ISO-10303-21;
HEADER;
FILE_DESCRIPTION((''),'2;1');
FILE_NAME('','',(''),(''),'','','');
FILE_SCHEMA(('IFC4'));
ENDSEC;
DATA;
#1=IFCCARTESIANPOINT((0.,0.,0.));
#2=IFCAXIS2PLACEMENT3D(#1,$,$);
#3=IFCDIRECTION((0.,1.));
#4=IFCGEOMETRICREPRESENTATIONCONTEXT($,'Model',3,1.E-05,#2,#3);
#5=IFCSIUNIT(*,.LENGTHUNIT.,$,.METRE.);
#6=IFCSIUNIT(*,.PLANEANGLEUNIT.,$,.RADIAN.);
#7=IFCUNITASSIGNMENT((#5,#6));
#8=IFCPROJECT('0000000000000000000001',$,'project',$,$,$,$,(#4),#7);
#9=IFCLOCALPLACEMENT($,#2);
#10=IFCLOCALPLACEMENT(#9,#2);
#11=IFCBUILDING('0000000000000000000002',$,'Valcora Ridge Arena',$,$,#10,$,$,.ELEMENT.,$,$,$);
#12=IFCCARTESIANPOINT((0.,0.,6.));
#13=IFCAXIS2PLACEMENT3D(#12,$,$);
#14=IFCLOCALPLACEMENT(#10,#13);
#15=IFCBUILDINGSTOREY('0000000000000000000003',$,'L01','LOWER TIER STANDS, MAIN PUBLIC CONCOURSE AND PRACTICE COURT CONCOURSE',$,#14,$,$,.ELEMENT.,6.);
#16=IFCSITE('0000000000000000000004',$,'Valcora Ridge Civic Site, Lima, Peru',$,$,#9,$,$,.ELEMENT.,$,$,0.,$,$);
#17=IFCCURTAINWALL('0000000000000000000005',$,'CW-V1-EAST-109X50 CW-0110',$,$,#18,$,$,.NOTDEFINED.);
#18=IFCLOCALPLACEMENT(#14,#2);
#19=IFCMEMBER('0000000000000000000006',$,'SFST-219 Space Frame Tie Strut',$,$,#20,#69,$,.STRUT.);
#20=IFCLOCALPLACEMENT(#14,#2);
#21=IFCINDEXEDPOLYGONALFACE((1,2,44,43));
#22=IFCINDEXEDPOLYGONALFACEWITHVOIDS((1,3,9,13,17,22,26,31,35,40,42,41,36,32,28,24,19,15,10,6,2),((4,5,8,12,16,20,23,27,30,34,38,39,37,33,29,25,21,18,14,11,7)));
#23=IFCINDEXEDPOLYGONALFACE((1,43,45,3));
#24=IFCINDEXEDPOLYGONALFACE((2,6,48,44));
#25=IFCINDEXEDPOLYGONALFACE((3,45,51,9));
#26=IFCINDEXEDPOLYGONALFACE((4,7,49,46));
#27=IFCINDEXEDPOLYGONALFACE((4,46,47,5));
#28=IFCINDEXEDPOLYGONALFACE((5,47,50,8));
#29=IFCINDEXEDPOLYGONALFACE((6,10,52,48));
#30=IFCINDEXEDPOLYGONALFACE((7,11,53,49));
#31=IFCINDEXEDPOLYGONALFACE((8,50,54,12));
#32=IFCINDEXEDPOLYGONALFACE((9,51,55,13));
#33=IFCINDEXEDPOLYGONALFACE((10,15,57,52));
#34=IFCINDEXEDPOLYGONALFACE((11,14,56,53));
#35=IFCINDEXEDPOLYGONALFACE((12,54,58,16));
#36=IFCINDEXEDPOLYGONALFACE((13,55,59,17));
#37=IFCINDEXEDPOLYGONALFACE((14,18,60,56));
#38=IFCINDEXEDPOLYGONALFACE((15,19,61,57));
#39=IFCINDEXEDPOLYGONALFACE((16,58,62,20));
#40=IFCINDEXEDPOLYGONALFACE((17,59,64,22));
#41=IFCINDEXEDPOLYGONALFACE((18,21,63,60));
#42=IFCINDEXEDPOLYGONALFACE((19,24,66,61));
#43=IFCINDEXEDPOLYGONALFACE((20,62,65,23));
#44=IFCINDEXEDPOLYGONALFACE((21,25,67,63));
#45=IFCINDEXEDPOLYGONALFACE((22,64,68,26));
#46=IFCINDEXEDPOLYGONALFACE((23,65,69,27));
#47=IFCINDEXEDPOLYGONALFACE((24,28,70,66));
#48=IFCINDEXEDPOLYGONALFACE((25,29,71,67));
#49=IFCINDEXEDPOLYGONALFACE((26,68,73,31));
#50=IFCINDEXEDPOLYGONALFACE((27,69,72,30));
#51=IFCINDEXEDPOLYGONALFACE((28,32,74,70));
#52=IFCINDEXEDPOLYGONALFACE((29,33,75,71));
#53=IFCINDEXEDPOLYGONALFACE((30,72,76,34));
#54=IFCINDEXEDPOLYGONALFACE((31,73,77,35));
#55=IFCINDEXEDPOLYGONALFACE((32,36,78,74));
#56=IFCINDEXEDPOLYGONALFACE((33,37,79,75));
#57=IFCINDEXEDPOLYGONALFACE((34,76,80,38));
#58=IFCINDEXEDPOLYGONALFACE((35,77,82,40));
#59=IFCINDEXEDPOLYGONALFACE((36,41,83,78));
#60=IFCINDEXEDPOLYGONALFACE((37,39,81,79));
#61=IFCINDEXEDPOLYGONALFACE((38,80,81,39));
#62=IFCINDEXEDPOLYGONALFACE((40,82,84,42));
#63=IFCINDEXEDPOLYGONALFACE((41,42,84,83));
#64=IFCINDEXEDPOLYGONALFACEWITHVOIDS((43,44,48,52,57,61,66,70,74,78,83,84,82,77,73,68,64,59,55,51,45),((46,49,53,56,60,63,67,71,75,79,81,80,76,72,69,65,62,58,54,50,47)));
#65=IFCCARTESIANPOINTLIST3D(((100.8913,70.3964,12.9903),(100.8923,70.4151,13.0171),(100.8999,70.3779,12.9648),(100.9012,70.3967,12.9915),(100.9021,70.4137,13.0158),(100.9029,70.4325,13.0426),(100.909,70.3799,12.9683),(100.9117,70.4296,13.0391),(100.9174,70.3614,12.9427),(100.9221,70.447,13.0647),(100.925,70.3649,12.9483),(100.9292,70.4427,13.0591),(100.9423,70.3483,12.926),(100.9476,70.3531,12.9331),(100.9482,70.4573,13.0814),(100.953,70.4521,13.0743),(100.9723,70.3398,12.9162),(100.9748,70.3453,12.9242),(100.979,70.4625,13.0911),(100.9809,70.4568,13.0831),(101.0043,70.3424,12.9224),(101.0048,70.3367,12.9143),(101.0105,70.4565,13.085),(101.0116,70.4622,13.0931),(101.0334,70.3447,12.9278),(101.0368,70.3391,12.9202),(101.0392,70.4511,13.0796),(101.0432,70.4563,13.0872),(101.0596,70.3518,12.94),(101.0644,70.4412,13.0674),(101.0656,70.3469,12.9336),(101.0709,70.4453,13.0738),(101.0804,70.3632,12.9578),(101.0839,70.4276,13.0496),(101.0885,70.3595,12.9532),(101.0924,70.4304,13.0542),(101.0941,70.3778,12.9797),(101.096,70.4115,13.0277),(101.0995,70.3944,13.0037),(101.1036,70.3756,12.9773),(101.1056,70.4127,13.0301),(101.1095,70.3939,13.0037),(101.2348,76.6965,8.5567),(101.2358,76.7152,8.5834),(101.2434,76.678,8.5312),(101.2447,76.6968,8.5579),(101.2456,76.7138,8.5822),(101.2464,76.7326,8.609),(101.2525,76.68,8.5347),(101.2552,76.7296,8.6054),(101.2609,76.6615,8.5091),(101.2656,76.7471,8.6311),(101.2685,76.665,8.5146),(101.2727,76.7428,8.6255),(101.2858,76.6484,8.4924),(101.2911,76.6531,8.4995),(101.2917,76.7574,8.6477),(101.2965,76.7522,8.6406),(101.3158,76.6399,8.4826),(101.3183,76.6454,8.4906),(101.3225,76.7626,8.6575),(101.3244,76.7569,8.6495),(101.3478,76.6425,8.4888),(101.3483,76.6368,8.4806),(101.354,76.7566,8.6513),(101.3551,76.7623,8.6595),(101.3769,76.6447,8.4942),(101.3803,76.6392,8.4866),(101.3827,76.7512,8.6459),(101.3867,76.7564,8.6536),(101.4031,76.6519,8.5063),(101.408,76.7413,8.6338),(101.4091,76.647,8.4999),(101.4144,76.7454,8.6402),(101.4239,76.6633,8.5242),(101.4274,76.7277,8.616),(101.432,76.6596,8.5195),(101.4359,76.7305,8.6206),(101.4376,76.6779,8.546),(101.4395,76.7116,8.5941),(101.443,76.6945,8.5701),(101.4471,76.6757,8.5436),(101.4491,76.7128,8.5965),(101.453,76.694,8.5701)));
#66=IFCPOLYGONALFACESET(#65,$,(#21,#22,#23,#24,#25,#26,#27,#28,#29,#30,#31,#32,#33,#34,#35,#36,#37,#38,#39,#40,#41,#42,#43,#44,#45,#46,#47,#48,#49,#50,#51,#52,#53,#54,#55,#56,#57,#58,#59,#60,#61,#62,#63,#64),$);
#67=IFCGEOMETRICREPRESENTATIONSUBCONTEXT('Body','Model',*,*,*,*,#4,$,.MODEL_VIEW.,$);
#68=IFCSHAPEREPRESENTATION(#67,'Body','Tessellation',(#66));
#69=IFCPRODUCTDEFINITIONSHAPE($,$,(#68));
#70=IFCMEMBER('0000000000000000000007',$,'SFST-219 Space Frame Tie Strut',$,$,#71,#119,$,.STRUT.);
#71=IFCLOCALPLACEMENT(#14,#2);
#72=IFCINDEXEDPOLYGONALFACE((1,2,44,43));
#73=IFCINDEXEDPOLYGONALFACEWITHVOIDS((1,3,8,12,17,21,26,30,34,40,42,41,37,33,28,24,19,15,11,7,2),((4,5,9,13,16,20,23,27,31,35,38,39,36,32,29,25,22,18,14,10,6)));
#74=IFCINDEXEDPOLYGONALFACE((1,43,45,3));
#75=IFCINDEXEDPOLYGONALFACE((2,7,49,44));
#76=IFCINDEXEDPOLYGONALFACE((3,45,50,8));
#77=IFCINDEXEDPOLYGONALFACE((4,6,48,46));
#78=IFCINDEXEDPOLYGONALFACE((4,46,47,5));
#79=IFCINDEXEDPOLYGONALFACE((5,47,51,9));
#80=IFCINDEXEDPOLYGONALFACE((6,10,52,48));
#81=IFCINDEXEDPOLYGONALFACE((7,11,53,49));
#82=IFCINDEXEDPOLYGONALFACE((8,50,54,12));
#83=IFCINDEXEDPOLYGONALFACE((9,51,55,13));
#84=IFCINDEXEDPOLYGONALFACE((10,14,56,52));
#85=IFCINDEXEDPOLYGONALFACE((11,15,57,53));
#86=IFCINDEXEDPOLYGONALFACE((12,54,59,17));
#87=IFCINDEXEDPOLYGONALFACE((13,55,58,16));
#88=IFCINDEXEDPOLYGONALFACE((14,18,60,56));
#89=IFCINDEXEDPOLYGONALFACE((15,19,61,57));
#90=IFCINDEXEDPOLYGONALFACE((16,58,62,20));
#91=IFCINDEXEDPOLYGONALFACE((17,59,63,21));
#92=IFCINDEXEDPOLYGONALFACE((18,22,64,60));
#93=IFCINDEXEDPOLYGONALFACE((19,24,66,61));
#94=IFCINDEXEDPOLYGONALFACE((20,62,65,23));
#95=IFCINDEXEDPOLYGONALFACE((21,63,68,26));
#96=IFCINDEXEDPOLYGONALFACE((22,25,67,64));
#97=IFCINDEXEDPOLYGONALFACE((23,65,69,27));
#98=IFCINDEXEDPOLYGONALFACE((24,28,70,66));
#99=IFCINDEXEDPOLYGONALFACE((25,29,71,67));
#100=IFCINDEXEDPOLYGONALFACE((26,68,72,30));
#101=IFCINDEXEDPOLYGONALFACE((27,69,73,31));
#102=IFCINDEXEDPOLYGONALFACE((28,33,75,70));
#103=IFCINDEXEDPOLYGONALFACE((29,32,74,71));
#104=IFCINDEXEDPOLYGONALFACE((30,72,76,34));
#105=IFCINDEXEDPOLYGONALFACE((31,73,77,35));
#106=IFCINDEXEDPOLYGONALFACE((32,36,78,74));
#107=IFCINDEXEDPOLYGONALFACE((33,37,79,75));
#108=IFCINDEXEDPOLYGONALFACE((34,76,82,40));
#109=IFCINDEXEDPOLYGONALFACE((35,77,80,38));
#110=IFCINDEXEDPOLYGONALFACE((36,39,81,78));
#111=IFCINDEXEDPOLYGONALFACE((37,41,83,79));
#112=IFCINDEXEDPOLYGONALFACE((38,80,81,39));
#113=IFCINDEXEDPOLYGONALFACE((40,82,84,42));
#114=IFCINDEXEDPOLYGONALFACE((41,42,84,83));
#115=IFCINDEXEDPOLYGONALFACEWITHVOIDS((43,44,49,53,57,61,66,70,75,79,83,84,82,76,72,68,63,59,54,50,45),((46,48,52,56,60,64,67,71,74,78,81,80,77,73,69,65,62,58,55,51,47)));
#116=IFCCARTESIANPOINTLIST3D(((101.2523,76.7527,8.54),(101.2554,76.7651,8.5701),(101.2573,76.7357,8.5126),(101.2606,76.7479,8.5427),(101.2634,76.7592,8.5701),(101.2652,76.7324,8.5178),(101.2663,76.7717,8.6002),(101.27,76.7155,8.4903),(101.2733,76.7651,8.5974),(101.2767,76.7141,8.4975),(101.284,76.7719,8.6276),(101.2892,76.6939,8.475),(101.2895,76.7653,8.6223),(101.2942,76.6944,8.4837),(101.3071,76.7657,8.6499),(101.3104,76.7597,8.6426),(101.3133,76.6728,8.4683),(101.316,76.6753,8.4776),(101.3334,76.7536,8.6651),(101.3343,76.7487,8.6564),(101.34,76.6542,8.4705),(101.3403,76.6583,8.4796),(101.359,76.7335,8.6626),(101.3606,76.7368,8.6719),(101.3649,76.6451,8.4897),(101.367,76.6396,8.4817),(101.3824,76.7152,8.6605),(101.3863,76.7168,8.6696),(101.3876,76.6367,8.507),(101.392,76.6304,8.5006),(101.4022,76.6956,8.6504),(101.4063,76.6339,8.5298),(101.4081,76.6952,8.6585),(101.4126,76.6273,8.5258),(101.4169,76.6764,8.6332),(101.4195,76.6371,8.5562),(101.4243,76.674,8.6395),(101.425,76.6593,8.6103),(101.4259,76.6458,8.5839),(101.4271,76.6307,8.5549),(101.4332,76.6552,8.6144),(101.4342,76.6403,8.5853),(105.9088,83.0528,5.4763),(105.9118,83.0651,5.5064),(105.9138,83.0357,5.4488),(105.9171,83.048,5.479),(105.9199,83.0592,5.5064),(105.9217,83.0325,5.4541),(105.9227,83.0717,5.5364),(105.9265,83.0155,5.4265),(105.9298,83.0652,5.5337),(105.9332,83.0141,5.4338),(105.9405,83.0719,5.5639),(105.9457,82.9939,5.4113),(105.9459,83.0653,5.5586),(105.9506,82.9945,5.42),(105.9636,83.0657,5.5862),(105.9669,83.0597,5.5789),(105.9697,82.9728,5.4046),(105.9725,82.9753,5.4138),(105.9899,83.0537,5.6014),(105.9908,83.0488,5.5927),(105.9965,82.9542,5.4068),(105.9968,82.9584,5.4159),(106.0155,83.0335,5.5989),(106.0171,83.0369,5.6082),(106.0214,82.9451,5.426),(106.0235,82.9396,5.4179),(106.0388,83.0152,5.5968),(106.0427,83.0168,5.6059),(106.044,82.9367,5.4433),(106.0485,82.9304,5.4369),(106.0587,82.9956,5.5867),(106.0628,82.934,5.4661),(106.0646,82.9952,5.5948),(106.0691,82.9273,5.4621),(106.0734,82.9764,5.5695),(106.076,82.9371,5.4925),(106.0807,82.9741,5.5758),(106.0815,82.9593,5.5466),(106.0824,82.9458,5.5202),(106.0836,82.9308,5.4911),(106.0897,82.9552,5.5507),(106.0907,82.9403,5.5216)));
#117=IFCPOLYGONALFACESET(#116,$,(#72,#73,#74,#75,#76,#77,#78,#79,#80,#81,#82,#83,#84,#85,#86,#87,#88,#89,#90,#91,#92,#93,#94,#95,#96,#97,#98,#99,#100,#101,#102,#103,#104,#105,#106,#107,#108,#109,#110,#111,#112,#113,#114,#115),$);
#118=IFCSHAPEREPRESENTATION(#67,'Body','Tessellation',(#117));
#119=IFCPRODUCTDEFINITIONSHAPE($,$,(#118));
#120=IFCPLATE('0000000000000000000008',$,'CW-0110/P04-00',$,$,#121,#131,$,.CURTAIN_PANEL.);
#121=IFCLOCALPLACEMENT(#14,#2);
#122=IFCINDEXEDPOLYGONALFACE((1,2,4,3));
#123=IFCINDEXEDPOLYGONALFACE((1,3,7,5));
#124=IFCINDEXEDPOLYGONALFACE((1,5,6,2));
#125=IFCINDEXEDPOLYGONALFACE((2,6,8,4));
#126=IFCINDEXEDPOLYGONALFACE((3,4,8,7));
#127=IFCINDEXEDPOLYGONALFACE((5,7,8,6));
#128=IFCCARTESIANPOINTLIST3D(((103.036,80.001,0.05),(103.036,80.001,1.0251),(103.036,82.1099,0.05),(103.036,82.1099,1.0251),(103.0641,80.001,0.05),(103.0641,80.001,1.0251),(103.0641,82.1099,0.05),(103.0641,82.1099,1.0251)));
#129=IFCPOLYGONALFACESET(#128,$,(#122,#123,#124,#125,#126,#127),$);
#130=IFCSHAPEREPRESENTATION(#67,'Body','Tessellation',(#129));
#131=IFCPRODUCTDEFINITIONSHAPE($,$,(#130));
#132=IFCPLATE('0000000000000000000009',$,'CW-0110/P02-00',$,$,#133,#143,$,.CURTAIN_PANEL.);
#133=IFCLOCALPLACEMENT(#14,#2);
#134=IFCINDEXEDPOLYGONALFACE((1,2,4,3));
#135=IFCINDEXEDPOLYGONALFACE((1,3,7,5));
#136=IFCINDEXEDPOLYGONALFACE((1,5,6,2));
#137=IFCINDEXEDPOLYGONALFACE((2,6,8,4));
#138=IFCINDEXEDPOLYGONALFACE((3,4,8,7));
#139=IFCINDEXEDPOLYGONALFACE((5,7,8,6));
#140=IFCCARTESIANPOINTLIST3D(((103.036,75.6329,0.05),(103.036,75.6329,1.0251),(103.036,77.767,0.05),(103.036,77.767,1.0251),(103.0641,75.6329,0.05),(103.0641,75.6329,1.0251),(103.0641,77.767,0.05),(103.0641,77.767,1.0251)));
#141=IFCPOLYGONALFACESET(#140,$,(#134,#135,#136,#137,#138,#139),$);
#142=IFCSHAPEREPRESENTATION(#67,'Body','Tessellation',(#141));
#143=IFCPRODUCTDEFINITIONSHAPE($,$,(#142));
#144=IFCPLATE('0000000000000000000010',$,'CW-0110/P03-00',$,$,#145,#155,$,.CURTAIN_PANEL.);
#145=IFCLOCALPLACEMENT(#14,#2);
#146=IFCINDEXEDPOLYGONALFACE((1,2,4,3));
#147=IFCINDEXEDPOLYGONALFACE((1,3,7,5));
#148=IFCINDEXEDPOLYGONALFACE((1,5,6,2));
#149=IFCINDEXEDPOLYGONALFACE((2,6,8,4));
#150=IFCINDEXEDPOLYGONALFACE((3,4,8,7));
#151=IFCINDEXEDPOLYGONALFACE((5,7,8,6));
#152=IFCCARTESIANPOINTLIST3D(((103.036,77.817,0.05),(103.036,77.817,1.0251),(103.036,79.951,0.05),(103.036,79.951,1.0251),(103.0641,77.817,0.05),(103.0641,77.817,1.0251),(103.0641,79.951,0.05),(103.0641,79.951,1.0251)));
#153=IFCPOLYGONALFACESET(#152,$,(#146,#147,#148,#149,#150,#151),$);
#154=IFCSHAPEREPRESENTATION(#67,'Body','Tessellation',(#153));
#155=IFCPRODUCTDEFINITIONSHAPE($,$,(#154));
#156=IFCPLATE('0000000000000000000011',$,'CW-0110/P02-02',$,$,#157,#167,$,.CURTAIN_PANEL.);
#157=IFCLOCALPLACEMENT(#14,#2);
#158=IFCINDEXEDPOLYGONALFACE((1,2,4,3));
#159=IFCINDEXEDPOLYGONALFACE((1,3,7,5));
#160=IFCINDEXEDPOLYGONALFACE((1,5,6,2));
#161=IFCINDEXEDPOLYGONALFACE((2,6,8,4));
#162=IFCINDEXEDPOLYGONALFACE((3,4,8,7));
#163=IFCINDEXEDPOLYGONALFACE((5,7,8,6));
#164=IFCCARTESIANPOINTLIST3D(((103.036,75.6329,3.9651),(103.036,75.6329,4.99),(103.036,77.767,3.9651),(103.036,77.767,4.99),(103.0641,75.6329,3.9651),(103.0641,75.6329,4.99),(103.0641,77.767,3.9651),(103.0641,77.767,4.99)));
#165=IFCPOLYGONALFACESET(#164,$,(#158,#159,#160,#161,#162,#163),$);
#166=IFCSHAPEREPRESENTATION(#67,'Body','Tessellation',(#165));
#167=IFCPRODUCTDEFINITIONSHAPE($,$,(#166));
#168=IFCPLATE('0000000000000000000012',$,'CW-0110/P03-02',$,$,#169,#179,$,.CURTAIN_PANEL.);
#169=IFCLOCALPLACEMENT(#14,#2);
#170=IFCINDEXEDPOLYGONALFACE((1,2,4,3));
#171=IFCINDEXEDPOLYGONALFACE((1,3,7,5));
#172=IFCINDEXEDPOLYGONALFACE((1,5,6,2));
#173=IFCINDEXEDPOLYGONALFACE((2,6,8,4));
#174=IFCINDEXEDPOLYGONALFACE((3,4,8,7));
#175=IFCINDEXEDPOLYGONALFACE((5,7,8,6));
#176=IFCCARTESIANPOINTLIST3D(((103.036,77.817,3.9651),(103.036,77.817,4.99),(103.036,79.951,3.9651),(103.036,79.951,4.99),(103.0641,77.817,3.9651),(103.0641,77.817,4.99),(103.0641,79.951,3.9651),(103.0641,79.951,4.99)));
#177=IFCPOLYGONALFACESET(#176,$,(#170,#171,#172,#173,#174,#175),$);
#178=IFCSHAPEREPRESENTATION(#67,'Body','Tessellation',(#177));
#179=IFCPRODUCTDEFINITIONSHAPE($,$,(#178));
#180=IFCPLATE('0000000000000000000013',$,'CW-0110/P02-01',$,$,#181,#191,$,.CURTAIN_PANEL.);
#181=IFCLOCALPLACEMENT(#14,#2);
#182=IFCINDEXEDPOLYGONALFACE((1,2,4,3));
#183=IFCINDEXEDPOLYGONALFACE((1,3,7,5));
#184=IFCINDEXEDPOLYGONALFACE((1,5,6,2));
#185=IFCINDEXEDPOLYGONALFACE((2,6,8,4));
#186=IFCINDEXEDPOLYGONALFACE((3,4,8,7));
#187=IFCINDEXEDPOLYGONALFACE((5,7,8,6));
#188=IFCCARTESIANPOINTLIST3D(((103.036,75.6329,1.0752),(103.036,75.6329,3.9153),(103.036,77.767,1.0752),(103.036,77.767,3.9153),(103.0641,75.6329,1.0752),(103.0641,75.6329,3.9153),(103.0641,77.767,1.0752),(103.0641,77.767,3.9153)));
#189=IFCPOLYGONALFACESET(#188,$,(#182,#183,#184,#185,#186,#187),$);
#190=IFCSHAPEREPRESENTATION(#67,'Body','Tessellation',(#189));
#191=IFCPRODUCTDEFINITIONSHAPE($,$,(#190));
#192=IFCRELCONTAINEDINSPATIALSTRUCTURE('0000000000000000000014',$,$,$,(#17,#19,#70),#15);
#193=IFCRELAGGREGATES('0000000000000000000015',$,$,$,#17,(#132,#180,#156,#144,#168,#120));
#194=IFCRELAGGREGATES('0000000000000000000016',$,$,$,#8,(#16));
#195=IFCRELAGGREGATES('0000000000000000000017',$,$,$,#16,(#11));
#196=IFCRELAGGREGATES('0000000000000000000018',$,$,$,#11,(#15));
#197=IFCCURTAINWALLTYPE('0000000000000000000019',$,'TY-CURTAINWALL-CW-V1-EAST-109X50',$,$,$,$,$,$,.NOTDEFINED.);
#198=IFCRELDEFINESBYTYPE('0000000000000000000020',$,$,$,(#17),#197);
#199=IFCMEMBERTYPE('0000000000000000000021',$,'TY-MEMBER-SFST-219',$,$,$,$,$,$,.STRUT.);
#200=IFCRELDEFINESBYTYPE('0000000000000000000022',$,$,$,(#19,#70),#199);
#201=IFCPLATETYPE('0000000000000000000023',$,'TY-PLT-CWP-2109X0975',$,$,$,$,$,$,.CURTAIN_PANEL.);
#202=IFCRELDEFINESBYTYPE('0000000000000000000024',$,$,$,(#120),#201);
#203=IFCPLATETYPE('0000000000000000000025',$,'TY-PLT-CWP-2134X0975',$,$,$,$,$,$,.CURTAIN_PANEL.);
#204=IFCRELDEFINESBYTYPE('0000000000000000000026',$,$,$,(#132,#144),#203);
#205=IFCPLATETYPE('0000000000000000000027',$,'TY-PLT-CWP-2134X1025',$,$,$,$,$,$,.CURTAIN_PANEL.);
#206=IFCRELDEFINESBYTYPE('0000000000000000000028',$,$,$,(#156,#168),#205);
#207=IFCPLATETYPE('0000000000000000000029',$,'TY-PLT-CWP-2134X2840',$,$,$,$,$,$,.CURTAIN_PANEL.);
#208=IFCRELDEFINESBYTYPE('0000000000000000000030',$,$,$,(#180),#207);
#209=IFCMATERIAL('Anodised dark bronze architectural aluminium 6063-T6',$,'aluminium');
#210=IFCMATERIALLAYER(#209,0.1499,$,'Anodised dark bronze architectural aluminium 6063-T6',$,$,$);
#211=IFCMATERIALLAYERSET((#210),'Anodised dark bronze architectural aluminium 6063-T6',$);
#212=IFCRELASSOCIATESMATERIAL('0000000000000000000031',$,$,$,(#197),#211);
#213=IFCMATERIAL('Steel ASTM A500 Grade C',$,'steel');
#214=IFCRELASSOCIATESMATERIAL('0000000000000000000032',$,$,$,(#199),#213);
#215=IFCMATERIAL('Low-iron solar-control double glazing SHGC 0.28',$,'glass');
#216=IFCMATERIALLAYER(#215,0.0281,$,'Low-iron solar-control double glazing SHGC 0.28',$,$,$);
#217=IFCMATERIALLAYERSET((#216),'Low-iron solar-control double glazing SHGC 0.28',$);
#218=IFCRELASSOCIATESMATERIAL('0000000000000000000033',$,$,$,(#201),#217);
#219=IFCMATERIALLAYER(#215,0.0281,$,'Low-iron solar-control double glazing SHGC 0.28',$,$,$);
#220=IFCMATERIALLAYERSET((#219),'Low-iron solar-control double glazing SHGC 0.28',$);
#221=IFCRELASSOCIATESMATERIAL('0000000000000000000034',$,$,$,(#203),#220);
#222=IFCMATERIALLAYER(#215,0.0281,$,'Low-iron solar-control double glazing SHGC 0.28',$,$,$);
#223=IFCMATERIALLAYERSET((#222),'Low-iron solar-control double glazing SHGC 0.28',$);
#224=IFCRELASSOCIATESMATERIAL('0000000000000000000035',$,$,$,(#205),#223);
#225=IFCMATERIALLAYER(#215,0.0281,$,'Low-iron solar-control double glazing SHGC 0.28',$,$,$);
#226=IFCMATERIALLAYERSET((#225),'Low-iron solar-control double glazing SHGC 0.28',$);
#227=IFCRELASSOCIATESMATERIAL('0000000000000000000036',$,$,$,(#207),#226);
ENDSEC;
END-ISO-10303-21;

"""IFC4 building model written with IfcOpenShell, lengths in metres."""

from ifc_helpers import new_model, si_unit, direction, frame, origin, origin_2d, place, context, subcontext, project, spatial, rectangle, hollow_circle, extrude, material, layer, layer_set, material_profile, profile_set, type_object, element, aggregate, save


model = new_model("IFC4")

# Units and contexts
model_context = context("Model", 3, precision=1e-05, world=origin(), true_north=direction((0.0, 1.0)))
body_context = subcontext(model_context, "Body", "Model", "MODEL_VIEW")
ifc_project = project(units=[si_unit("LENGTHUNIT", "METRE"), si_unit("PLANEANGLEUNIT", "RADIAN")], contexts=[model_context])

# Site, building, storey
site_placement = place(None, origin())
site = spatial("IfcSite", under=ifc_project, at=site_placement, Name="Valcora Ridge Civic Site, Lima, Peru", CompositionType="ELEMENT", RefElevation=0.0)
building_placement = place(site_placement, origin())
building = spatial("IfcBuilding", under=site, at=building_placement, Name="Valcora Ridge Arena", CompositionType="ELEMENT")
storey_placement = place(building_placement, frame((0.0, 0.0, 6.0)))
storey = spatial("IfcBuildingStorey", under=building, at=storey_placement, Name="L01", Description="LOWER TIER STANDS, MAIN PUBLIC CONCOURSE AND PRACTICE COURT CONCOURSE", CompositionType="ELEMENT", Elevation=6.0)

# Curtain wall
ifc_material_1 = material(Name="Anodised dark bronze architectural aluminium 6063-T6", Category="aluminium")
ifc_layer_1 = layer(ifc_material_1, 0.1499, Name="Anodised dark bronze architectural aluminium 6063-T6")
ifc_layer_set_1 = layer_set([ifc_layer_1], Name="Anodised dark bronze architectural aluminium 6063-T6")
curtain_wall_type = type_object("IfcCurtainWallType", Name="TY-CURTAINWALL-CW-V1-EAST-109X50", PredefinedType="NOTDEFINED", material=ifc_layer_set_1)
curtain_wall_placement = place(storey_placement, origin())
curtain_wall = element("IfcCurtainWall", 1, at=curtain_wall_placement, inside=storey, type_object=curtain_wall_type, Name="CW-V1-EAST-109X50 CW-0110", PredefinedType="NOTDEFINED")

# Members
ifc_material_2 = material(Name="Steel ASTM A500 Grade C", Category="steel")
ifc_material_profile_1 = material_profile(ifc_material_2, hollow_circle(Radius=0.1096, WallThickness=0.01, at=origin_2d()), Name="CHS219X10")
ifc_profile_set_1 = profile_set([ifc_material_profile_1], Name="Steel ASTM A500 Grade C")
member_type_1 = type_object("IfcMemberType", Name="TY-MEMBER-SFST-219", PredefinedType="STRUT", material=ifc_profile_set_1)
member_1_placement = place(storey_placement, frame((101.3435, 76.7, 8.5701), z_axis=(-0.044545, -0.816981, 0.574942), x_axis=(0.998517, -0.054443, 0.0)))
element("IfcMember", 2, at=member_1_placement, inside=storey, type_object=member_type_1, Name="SFST-219 Space Frame Tie Strut", PredefinedType="STRUT", context=body_context, shape_type="SweptSolid", body=[
    extrude(hollow_circle(Radius=0.1096, WallThickness=0.01, at=origin_2d()), origin(), (0.0, 0.0, 1.0), 7.7114),
])
member_2_placement = place(storey_placement, frame((101.3435, 76.7, 8.5701), z_axis=(0.553561, 0.748945, -0.364213), x_axis=(-0.80418, 0.594386, 0.0)))
element("IfcMember", 3, at=member_2_placement, inside=storey, type_object=member_type_1, Name="SFST-219 Space Frame Tie Strut", PredefinedType="STRUT", context=body_context, shape_type="SweptSolid", body=[
    extrude(hollow_circle(Radius=0.1096, WallThickness=0.01, at=origin_2d()), origin(), (0.0, 0.0, 1.0), 8.4119),
])

# Plates
ifc_material_3 = material(Name="Low-iron solar-control double glazing SHGC 0.28", Category="glass")
ifc_layer_2 = layer(ifc_material_3, 0.0281, Name="Low-iron solar-control double glazing SHGC 0.28")
ifc_layer_set_2 = layer_set([ifc_layer_2], Name="Low-iron solar-control double glazing SHGC 0.28")
plate_type_1 = type_object("IfcPlateType", Name="TY-PLT-CWP-2109X0975", PredefinedType="CURTAIN_PANEL", material=ifc_layer_set_2)
plate_1_placement = place(storey_placement, frame((103.05, 81.0554, 0.05), z_axis=(0.0, 0.0, 1.0), x_axis=(0.0, 1.0, 0.0)))
plate_1 = element("IfcPlate", 4, at=plate_1_placement, type_object=plate_type_1, Name="CW-0110/P04-00", PredefinedType="CURTAIN_PANEL", context=body_context, shape_type="SweptSolid", body=[
    extrude(rectangle(XDim=2.1089, YDim=0.0281, at=origin_2d()), origin(), (0.0, 0.0, 1.0), 0.9751),
])
ifc_layer_3 = layer(ifc_material_3, 0.0281, Name="Low-iron solar-control double glazing SHGC 0.28")
ifc_layer_set_3 = layer_set([ifc_layer_3], Name="Low-iron solar-control double glazing SHGC 0.28")
plate_type_2 = type_object("IfcPlateType", Name="TY-PLT-CWP-2134X0975", PredefinedType="CURTAIN_PANEL", material=ifc_layer_set_3)
plate_2_placement = place(storey_placement, frame((103.05, 76.7, 0.05), z_axis=(0.0, 0.0, 1.0), x_axis=(0.0, 1.0, 0.0)))
plate_2 = element("IfcPlate", 5, at=plate_2_placement, type_object=plate_type_2, Name="CW-0110/P02-00", PredefinedType="CURTAIN_PANEL", context=body_context, shape_type="SweptSolid", body=[
    extrude(rectangle(XDim=2.134, YDim=0.0281, at=origin_2d()), origin(), (0.0, 0.0, 1.0), 0.9751),
])
plate_3_placement = place(storey_placement, frame((103.05, 78.884, 0.05), z_axis=(0.0, 0.0, 1.0), x_axis=(0.0, 1.0, 0.0)))
plate_3 = element("IfcPlate", 6, at=plate_3_placement, type_object=plate_type_2, Name="CW-0110/P03-00", PredefinedType="CURTAIN_PANEL", context=body_context, shape_type="SweptSolid", body=[
    extrude(rectangle(XDim=2.134, YDim=0.0281, at=origin_2d()), origin(), (0.0, 0.0, 1.0), 0.9751),
])
ifc_layer_4 = layer(ifc_material_3, 0.0281, Name="Low-iron solar-control double glazing SHGC 0.28")
ifc_layer_set_4 = layer_set([ifc_layer_4], Name="Low-iron solar-control double glazing SHGC 0.28")
plate_type_3 = type_object("IfcPlateType", Name="TY-PLT-CWP-2134X1025", PredefinedType="CURTAIN_PANEL", material=ifc_layer_set_4)
plate_4_placement = place(storey_placement, frame((103.05, 76.7, 3.9651), z_axis=(0.0, 0.0, 1.0), x_axis=(0.0, 1.0, 0.0)))
plate_4 = element("IfcPlate", 7, at=plate_4_placement, type_object=plate_type_3, Name="CW-0110/P02-02", PredefinedType="CURTAIN_PANEL", context=body_context, shape_type="SweptSolid", body=[
    extrude(rectangle(XDim=2.134, YDim=0.0281, at=origin_2d()), origin(), (0.0, 0.0, 1.0), 1.0249),
])
plate_5_placement = place(storey_placement, frame((103.05, 78.884, 3.9651), z_axis=(0.0, 0.0, 1.0), x_axis=(0.0, 1.0, 0.0)))
plate_5 = element("IfcPlate", 8, at=plate_5_placement, type_object=plate_type_3, Name="CW-0110/P03-02", PredefinedType="CURTAIN_PANEL", context=body_context, shape_type="SweptSolid", body=[
    extrude(rectangle(XDim=2.134, YDim=0.0281, at=origin_2d()), origin(), (0.0, 0.0, 1.0), 1.0249),
])
ifc_layer_5 = layer(ifc_material_3, 0.0281, Name="Low-iron solar-control double glazing SHGC 0.28")
ifc_layer_set_5 = layer_set([ifc_layer_5], Name="Low-iron solar-control double glazing SHGC 0.28")
plate_type_4 = type_object("IfcPlateType", Name="TY-PLT-CWP-2134X2840", PredefinedType="CURTAIN_PANEL", material=ifc_layer_set_5)
plate_6_placement = place(storey_placement, frame((103.05, 76.7, 1.0752), z_axis=(0.0, 0.0, 1.0), x_axis=(0.0, 1.0, 0.0)))
plate_6 = element("IfcPlate", 9, at=plate_6_placement, type_object=plate_type_4, Name="CW-0110/P02-01", PredefinedType="CURTAIN_PANEL", context=body_context, shape_type="SweptSolid", body=[
    extrude(rectangle(XDim=2.134, YDim=0.0281, at=origin_2d()), origin(), (0.0, 0.0, 1.0), 2.8401),
])
aggregate(curtain_wall, [plate_2, plate_6, plate_4, plate_3, plate_5, plate_1])

save(model, "model.ifc")
